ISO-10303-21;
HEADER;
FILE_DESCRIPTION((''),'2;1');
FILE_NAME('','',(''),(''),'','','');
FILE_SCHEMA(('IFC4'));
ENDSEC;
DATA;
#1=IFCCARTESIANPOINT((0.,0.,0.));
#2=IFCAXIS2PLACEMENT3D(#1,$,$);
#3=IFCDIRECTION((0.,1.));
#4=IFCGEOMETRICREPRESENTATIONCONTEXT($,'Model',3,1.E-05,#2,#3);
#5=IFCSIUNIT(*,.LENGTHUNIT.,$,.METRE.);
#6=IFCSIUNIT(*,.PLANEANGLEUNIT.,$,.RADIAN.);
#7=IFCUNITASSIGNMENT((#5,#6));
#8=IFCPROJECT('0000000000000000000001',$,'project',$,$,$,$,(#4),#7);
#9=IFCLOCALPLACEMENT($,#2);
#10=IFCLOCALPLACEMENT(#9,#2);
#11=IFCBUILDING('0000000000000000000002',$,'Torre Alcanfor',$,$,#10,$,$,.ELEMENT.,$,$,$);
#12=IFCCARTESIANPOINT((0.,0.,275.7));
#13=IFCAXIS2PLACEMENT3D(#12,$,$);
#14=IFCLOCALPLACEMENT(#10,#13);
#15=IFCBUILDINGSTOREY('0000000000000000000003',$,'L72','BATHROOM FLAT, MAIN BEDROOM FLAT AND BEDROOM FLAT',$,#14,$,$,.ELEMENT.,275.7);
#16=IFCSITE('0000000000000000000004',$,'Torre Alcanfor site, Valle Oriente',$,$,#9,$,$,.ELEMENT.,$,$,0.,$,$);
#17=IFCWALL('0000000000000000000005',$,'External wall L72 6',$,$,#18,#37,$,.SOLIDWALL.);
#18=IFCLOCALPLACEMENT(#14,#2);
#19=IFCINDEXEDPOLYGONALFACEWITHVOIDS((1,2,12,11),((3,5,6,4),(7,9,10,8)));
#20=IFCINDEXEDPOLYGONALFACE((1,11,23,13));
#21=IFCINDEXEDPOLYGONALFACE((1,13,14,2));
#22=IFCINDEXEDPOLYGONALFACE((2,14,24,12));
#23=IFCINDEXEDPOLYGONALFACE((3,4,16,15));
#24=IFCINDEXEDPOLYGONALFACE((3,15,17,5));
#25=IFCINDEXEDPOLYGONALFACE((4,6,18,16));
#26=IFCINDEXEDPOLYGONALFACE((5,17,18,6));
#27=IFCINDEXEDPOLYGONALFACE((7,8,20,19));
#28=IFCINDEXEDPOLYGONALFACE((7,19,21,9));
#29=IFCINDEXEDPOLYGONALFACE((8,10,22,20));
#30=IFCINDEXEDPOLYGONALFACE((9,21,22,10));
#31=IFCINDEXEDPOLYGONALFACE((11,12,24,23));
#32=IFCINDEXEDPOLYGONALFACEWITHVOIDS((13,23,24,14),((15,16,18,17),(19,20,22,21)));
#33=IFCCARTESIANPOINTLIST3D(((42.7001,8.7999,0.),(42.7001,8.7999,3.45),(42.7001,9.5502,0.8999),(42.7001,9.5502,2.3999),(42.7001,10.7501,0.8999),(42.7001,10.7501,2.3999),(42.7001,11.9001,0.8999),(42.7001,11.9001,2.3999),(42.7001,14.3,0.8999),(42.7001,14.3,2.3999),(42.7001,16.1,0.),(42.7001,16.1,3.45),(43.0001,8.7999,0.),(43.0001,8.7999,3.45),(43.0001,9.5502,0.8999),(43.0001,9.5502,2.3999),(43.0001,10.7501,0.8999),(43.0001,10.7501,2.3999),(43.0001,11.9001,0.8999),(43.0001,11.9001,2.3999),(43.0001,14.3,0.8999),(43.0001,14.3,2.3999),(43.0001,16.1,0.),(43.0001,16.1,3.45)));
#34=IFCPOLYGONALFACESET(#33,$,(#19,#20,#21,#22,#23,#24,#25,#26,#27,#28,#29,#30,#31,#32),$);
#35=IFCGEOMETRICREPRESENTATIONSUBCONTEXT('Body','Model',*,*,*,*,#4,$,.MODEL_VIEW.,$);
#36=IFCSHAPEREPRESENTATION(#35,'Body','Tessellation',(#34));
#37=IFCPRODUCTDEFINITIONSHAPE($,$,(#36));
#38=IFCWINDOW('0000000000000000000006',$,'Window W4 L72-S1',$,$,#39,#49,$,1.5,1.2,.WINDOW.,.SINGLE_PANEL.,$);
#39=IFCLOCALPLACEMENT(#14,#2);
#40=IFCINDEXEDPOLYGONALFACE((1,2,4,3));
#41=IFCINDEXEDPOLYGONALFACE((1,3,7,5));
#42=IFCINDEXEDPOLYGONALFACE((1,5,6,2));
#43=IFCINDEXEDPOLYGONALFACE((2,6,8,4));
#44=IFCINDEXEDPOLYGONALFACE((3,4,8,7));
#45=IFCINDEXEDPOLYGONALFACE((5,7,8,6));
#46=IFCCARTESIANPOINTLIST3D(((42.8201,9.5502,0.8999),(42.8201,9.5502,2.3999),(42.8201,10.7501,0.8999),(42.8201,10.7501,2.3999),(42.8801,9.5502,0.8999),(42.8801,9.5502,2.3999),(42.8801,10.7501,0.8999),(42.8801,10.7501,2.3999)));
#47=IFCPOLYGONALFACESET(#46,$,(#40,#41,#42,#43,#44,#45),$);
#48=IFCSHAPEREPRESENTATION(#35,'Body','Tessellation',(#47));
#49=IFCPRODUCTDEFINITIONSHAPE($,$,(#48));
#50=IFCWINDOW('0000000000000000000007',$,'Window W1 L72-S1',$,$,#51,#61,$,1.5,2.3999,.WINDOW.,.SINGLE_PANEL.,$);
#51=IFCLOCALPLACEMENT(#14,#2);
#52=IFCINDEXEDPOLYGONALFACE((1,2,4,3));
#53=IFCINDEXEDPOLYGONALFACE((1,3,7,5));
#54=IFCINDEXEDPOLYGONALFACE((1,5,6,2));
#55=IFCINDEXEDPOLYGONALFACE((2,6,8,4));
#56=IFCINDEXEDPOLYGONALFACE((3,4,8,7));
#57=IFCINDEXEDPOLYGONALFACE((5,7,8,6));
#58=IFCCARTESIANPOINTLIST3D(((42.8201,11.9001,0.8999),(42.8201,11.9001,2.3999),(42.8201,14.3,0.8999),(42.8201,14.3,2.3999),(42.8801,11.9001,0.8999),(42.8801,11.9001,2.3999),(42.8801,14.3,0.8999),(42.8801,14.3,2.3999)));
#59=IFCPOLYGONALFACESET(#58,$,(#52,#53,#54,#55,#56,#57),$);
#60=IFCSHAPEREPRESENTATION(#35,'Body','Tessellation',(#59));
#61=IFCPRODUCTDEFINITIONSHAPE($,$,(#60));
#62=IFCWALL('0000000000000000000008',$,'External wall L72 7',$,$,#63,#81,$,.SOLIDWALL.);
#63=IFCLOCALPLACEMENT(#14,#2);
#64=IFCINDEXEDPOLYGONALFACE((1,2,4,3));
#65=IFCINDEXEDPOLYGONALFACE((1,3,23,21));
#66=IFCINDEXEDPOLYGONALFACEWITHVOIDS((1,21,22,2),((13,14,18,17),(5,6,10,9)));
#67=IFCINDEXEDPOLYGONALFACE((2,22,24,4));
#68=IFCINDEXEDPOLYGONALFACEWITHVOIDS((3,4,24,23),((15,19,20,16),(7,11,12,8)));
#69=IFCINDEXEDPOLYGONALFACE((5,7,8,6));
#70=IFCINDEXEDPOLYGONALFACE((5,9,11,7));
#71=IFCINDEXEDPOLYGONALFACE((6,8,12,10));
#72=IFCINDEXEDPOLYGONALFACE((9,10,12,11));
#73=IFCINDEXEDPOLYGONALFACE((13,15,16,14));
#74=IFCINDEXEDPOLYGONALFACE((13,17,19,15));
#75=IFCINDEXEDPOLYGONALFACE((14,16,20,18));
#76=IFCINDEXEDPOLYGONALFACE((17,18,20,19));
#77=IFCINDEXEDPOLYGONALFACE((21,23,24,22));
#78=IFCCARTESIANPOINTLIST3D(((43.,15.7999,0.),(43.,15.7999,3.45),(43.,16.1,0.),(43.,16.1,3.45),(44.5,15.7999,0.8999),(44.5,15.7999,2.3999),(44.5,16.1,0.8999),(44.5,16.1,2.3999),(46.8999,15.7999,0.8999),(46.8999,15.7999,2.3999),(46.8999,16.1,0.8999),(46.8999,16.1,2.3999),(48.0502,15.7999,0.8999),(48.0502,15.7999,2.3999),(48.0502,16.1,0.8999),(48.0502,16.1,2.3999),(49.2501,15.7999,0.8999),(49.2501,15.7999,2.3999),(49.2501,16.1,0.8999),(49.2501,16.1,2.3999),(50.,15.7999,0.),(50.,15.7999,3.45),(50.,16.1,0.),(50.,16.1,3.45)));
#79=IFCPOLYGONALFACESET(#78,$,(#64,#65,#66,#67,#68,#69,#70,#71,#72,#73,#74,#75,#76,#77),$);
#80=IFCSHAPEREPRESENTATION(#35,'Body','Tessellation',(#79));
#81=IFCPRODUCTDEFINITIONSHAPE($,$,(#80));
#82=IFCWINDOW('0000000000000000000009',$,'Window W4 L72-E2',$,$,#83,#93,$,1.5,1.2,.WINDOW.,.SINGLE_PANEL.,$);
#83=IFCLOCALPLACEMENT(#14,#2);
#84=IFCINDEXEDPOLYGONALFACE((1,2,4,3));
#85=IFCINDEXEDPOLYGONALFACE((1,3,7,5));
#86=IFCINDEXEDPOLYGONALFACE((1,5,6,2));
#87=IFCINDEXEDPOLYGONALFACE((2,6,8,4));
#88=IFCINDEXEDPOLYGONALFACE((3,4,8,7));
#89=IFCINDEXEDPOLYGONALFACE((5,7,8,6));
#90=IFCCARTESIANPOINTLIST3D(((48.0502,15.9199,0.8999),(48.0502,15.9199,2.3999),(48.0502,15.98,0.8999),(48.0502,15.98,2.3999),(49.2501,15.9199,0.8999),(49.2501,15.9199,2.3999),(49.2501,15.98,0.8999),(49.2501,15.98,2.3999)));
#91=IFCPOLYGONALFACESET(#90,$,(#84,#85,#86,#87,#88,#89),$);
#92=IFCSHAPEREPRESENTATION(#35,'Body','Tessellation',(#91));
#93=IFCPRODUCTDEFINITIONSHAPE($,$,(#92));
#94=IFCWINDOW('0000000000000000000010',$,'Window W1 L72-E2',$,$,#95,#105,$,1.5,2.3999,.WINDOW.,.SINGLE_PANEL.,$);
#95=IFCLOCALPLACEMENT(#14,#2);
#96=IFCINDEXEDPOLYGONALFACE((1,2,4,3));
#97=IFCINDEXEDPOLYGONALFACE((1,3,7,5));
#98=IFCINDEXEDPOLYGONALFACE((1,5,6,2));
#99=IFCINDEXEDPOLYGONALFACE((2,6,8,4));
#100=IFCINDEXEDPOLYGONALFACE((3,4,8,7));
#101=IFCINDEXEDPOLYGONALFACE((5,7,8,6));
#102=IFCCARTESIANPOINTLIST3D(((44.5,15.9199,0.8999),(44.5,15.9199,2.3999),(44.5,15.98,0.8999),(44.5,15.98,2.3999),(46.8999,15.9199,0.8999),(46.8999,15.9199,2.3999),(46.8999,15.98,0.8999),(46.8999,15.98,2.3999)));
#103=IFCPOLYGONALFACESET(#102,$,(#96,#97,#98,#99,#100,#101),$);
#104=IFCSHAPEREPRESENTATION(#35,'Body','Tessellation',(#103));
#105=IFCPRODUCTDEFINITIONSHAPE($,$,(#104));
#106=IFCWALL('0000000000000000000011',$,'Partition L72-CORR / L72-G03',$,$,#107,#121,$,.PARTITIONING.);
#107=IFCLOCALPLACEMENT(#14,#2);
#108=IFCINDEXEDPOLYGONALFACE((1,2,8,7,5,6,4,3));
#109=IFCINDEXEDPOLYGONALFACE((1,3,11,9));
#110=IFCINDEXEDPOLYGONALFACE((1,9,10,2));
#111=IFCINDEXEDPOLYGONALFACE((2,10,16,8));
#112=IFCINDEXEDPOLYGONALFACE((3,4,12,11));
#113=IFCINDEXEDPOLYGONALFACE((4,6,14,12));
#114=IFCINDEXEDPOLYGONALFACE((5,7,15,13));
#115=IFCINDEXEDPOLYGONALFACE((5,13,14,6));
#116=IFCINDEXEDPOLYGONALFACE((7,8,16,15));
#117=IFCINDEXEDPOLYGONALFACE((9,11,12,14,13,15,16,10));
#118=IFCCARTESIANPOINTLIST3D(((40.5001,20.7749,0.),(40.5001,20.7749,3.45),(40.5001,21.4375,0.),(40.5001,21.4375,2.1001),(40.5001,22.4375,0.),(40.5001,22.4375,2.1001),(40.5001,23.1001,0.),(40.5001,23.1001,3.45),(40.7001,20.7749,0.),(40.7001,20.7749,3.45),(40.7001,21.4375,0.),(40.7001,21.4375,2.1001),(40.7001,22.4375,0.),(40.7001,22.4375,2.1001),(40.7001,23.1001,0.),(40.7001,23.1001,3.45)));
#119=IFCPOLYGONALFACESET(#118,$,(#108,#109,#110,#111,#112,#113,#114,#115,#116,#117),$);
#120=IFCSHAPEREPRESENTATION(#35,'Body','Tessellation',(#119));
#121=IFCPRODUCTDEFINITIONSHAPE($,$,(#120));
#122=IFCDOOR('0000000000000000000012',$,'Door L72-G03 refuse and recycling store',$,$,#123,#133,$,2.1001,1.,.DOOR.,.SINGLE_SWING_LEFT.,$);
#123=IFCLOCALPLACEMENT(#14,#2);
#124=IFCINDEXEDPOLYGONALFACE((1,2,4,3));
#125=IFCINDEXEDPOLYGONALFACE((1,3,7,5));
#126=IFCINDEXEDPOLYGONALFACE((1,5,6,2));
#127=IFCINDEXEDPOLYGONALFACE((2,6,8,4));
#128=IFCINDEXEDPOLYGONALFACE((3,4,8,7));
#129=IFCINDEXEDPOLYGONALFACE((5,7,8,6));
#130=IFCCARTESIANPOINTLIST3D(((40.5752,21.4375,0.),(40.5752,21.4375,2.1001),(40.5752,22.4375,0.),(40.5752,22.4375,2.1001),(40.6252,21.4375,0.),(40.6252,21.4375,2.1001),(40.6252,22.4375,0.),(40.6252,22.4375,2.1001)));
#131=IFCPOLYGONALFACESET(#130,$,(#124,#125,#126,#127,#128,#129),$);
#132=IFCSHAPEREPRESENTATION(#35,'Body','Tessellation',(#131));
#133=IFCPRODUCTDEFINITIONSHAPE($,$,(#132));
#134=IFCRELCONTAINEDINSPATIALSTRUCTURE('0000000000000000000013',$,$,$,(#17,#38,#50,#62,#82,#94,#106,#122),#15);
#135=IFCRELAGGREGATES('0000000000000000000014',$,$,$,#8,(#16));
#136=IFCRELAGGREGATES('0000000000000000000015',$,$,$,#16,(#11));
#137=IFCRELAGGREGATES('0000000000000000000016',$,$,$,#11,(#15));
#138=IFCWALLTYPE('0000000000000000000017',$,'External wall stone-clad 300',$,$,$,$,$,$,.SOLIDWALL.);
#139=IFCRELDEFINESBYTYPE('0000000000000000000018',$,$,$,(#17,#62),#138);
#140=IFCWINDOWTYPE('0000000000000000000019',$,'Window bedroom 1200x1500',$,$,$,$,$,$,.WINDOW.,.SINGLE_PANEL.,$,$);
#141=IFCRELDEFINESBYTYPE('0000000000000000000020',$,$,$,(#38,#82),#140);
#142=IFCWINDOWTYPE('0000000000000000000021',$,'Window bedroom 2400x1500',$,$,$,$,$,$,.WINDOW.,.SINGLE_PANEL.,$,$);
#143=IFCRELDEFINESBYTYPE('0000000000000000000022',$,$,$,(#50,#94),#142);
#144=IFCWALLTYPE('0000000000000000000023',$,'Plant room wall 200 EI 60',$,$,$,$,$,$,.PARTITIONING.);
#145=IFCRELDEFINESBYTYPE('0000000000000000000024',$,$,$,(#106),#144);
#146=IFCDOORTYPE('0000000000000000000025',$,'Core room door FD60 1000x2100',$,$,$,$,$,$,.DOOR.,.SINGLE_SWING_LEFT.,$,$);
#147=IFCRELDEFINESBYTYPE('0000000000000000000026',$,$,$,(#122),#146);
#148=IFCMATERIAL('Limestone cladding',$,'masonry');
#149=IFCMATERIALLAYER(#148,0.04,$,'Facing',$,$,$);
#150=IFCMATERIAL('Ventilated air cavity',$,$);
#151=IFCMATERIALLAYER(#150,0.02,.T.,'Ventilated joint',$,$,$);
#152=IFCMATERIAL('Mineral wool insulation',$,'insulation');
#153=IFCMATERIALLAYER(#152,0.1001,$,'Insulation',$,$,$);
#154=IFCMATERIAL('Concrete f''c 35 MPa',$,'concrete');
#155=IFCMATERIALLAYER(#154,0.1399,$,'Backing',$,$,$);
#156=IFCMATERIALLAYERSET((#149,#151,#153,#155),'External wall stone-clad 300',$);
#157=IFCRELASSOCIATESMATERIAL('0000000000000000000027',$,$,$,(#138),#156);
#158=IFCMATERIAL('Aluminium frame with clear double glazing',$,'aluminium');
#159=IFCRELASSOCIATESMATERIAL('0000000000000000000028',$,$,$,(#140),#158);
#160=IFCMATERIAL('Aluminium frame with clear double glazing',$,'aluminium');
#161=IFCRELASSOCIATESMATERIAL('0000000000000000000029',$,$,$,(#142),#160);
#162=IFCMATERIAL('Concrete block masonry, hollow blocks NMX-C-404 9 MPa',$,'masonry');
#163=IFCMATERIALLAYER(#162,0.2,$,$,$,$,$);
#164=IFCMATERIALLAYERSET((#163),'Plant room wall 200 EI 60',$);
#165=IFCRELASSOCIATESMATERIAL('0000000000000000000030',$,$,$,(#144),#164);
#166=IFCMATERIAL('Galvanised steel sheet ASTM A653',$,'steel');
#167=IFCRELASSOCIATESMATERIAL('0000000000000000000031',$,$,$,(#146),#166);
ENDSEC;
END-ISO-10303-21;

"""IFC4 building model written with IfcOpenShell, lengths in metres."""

from ifc_helpers import new_model, si_unit, direction, frame, frame_2d, origin, place, context, subcontext, project, spatial, rectangle, extrude, material, layer, layer_set, type_object, element, fill, save


model = new_model("IFC4")

# Units and contexts
model_context = context("Model", 3, precision=1e-05, world=origin(), true_north=direction((0.0, 1.0)))
body_context = subcontext(model_context, "Body", "Model", "MODEL_VIEW")
ifc_project = project(units=[si_unit("LENGTHUNIT", "METRE"), si_unit("PLANEANGLEUNIT", "RADIAN")], contexts=[model_context])

# Site, building, storey
site_placement = place(None, origin())
site = spatial("IfcSite", under=ifc_project, at=site_placement, Name="Torre Alcanfor site, Valle Oriente", CompositionType="ELEMENT", RefElevation=0.0)
building_placement = place(site_placement, origin())
building = spatial("IfcBuilding", under=site, at=building_placement, Name="Torre Alcanfor", CompositionType="ELEMENT")
storey_placement = place(building_placement, frame((0.0, 0.0, 275.7)))
storey = spatial("IfcBuildingStorey", under=building, at=storey_placement, Name="L72", Description="BATHROOM FLAT, MAIN BEDROOM FLAT AND BEDROOM FLAT", CompositionType="ELEMENT", Elevation=275.7)

# Walls, openings, windows
ifc_material_1 = material(Name="Limestone cladding", Category="masonry")
ifc_layer_1 = layer(ifc_material_1, 0.04, Name="Facing")
ifc_material_2 = material(Name="Ventilated air cavity")
ifc_layer_2 = layer(ifc_material_2, 0.02, ventilated=True, Name="Ventilated joint")
ifc_material_3 = material(Name="Mineral wool insulation", Category="insulation")
ifc_layer_3 = layer(ifc_material_3, 0.1001, Name="Insulation")
ifc_material_4 = material(Name="Concrete f'c 35 MPa", Category="concrete")
ifc_layer_4 = layer(ifc_material_4, 0.1399, Name="Backing")
ifc_layer_set_1 = layer_set([ifc_layer_1, ifc_layer_2, ifc_layer_3, ifc_layer_4], Name="External wall stone-clad 300")
wall_type_1 = type_object("IfcWallType", Name="External wall stone-clad 300", PredefinedType="SOLIDWALL", material=ifc_layer_set_1)
wall_1_placement = place(storey_placement, frame((42.8501, 8.8, 0.0), z_axis=(0.0, 0.0, 1.0), x_axis=(0.0, 1.0, 0.0)))
wall_1 = element("IfcWall", 1, at=wall_1_placement, inside=storey, type_object=wall_type_1, Name="External wall L72 6", PredefinedType="SOLIDWALL", context=body_context, shape_type="SweptSolid", body=[
    extrude(rectangle(XDim=7.3, YDim=0.3, at=frame_2d((3.6499, 0.0))), origin(), (0.0, 0.0, 1.0), 3.45),
])
opening_1_placement = place(wall_1_placement, frame((3.1001, 0.0, 0.8999)))
opening_1 = element("IfcOpeningElement", 2, at=opening_1_placement, cuts=wall_1, PredefinedType="OPENING", context=body_context, shape_type="SweptSolid", body=[
    extrude(rectangle(XDim=2.3999, YDim=1.5, at=frame_2d((1.2, 0.75))), frame((0.0, 0.1599, 0.0), z_axis=(0.0, -1.0, 0.0), x_axis=(1.0, 0.0, 0.0)), (0.0, 0.0, 1.0), 0.3201),
])
opening_2_placement = place(wall_1_placement, frame((0.75, 0.0, 0.8999)))
opening_2 = element("IfcOpeningElement", 3, at=opening_2_placement, cuts=wall_1, PredefinedType="OPENING", context=body_context, shape_type="SweptSolid", body=[
    extrude(rectangle(XDim=1.2, YDim=1.5, at=frame_2d((0.6001, 0.75))), frame((0.0, 0.1599, 0.0), z_axis=(0.0, -1.0, 0.0), x_axis=(1.0, 0.0, 0.0)), (0.0, 0.0, 1.0), 0.3201),
])
ifc_material_5 = material(Name="Aluminium frame with clear double glazing", Category="aluminium")
window_type_1 = type_object("IfcWindowType", Name="Window bedroom 1200x1500", PartitioningType="SINGLE_PANEL", PredefinedType="WINDOW", material=ifc_material_5)
window_1_placement = place(opening_2_placement, origin())
window_1 = element("IfcWindow", 4, at=window_1_placement, inside=storey, type_object=window_type_1, Name="Window W4 L72-S1", OverallHeight=1.5, OverallWidth=1.2, PartitioningType="SINGLE_PANEL", PredefinedType="WINDOW", context=body_context, shape_type="SweptSolid", body=[
    extrude(rectangle(XDim=1.2, YDim=1.5, at=frame_2d((0.6001, 0.75))), frame((0.0, 0.03, 0.0), z_axis=(0.0, -1.0, 0.0), x_axis=(1.0, 0.0, 0.0)), (0.0, 0.0, 1.0), 0.0601),
])
fill(opening_2, window_1)
ifc_material_6 = material(Name="Aluminium frame with clear double glazing", Category="aluminium")
window_type_2 = type_object("IfcWindowType", Name="Window bedroom 2400x1500", PartitioningType="SINGLE_PANEL", PredefinedType="WINDOW", material=ifc_material_6)
window_2_placement = place(opening_1_placement, origin())
window_2 = element("IfcWindow", 5, at=window_2_placement, inside=storey, type_object=window_type_2, Name="Window W1 L72-S1", OverallHeight=1.5, OverallWidth=2.3999, PartitioningType="SINGLE_PANEL", PredefinedType="WINDOW", context=body_context, shape_type="SweptSolid", body=[
    extrude(rectangle(XDim=2.3999, YDim=1.5, at=frame_2d((1.2, 0.75))), frame((0.0, 0.03, 0.0), z_axis=(0.0, -1.0, 0.0), x_axis=(1.0, 0.0, 0.0)), (0.0, 0.0, 1.0), 0.0601),
])
fill(opening_1, window_2)
wall_2_placement = place(storey_placement, frame((43.0, 15.95, 0.0), z_axis=(0.0, 0.0, 1.0), x_axis=(1.0, 0.0, 0.0)))
wall_2 = element("IfcWall", 6, at=wall_2_placement, inside=storey, type_object=wall_type_1, Name="External wall L72 7", PredefinedType="SOLIDWALL", context=body_context, shape_type="SweptSolid", body=[
    extrude(rectangle(XDim=7.0, YDim=0.3, at=frame_2d((3.5, 0.0))), origin(), (0.0, 0.0, 1.0), 3.45),
])
opening_3_placement = place(wall_2_placement, frame((1.5, 0.0, 0.8999)))
opening_3 = element("IfcOpeningElement", 7, at=opening_3_placement, cuts=wall_2, PredefinedType="OPENING", context=body_context, shape_type="SweptSolid", body=[
    extrude(rectangle(XDim=2.3999, YDim=1.5, at=frame_2d((1.2, 0.75))), frame((0.0, 0.1599, 0.0), z_axis=(0.0, -1.0, 0.0), x_axis=(1.0, 0.0, 0.0)), (0.0, 0.0, 1.0), 0.3201),
])
opening_4_placement = place(wall_2_placement, frame((5.05, 0.0, 0.8999)))
opening_4 = element("IfcOpeningElement", 8, at=opening_4_placement, cuts=wall_2, PredefinedType="OPENING", context=body_context, shape_type="SweptSolid", body=[
    extrude(rectangle(XDim=1.2, YDim=1.5, at=frame_2d((0.6001, 0.75))), frame((0.0, 0.1599, 0.0), z_axis=(0.0, -1.0, 0.0), x_axis=(1.0, 0.0, 0.0)), (0.0, 0.0, 1.0), 0.3201),
])
window_3_placement = place(opening_4_placement, origin())
window_3 = element("IfcWindow", 9, at=window_3_placement, inside=storey, type_object=window_type_1, Name="Window W4 L72-E2", OverallHeight=1.5, OverallWidth=1.2, PartitioningType="SINGLE_PANEL", PredefinedType="WINDOW", context=body_context, shape_type="SweptSolid", body=[
    extrude(rectangle(XDim=1.2, YDim=1.5, at=frame_2d((0.6001, 0.75))), frame((0.0, 0.03, 0.0), z_axis=(0.0, -1.0, 0.0), x_axis=(1.0, 0.0, 0.0)), (0.0, 0.0, 1.0), 0.0601),
])
fill(opening_4, window_3)
window_4_placement = place(opening_3_placement, origin())
window_4 = element("IfcWindow", 10, at=window_4_placement, inside=storey, type_object=window_type_2, Name="Window W1 L72-E2", OverallHeight=1.5, OverallWidth=2.3999, PartitioningType="SINGLE_PANEL", PredefinedType="WINDOW", context=body_context, shape_type="SweptSolid", body=[
    extrude(rectangle(XDim=2.3999, YDim=1.5, at=frame_2d((1.2, 0.75))), frame((0.0, 0.03, 0.0), z_axis=(0.0, -1.0, 0.0), x_axis=(1.0, 0.0, 0.0)), (0.0, 0.0, 1.0), 0.0601),
])
fill(opening_3, window_4)

# Wall, opening, door
ifc_material_7 = material(Name="Concrete block masonry, hollow blocks NMX-C-404 9 MPa", Category="masonry")
ifc_layer_5 = layer(ifc_material_7, 0.2)
ifc_layer_set_2 = layer_set([ifc_layer_5], Name="Plant room wall 200 EI 60")
wall_type_2 = type_object("IfcWallType", Name="Plant room wall 200 EI 60", PredefinedType="PARTITIONING", material=ifc_layer_set_2)
wall_3_placement = place(storey_placement, frame((40.6001, 20.7749, 0.0), z_axis=(0.0, 0.0, 1.0), x_axis=(0.0, 1.0, 0.0)))
wall_3 = element("IfcWall", 11, at=wall_3_placement, inside=storey, type_object=wall_type_2, Name="Partition L72-CORR / L72-G03", PredefinedType="PARTITIONING", context=body_context, shape_type="SweptSolid", body=[
    extrude(rectangle(XDim=2.3252, YDim=0.2, at=frame_2d((1.1626, 0.0))), origin(), (0.0, 0.0, 1.0), 3.45),
])
opening_5_placement = place(wall_3_placement, frame((0.6626, 0.0, 0.0)))
opening_5 = element("IfcOpeningElement", 12, at=opening_5_placement, cuts=wall_3, PredefinedType="OPENING", context=body_context, shape_type="SweptSolid", body=[
    extrude(rectangle(XDim=1.0, YDim=2.1001, at=frame_2d((0.5, 1.05))), frame((0.0, 0.1099, 0.0), z_axis=(0.0, -1.0, 0.0), x_axis=(1.0, 0.0, 0.0)), (0.0, 0.0, 1.0), 0.22),
])
ifc_material_8 = material(Name="Galvanised steel sheet ASTM A653", Category="steel")
door_type = type_object("IfcDoorType", Name="Core room door FD60 1000x2100", OperationType="SINGLE_SWING_LEFT", PredefinedType="DOOR", material=ifc_material_8)
door_placement = place(opening_5_placement, origin())
door = element("IfcDoor", 13, at=door_placement, inside=storey, type_object=door_type, Name="Door L72-G03 refuse and recycling store", OperationType="SINGLE_SWING_LEFT", OverallHeight=2.1001, OverallWidth=1.0, PredefinedType="DOOR", context=body_context, shape_type="SweptSolid", body=[
    extrude(rectangle(XDim=1.0, YDim=2.1001, at=frame_2d((0.5, 1.05))), frame((0.0, 0.0249, 0.0), z_axis=(0.0, -1.0, 0.0), x_axis=(1.0, 0.0, 0.0)), (0.0, 0.0, 1.0), 0.05),
])
fill(opening_5, door)

save(model, "model.ifc")
